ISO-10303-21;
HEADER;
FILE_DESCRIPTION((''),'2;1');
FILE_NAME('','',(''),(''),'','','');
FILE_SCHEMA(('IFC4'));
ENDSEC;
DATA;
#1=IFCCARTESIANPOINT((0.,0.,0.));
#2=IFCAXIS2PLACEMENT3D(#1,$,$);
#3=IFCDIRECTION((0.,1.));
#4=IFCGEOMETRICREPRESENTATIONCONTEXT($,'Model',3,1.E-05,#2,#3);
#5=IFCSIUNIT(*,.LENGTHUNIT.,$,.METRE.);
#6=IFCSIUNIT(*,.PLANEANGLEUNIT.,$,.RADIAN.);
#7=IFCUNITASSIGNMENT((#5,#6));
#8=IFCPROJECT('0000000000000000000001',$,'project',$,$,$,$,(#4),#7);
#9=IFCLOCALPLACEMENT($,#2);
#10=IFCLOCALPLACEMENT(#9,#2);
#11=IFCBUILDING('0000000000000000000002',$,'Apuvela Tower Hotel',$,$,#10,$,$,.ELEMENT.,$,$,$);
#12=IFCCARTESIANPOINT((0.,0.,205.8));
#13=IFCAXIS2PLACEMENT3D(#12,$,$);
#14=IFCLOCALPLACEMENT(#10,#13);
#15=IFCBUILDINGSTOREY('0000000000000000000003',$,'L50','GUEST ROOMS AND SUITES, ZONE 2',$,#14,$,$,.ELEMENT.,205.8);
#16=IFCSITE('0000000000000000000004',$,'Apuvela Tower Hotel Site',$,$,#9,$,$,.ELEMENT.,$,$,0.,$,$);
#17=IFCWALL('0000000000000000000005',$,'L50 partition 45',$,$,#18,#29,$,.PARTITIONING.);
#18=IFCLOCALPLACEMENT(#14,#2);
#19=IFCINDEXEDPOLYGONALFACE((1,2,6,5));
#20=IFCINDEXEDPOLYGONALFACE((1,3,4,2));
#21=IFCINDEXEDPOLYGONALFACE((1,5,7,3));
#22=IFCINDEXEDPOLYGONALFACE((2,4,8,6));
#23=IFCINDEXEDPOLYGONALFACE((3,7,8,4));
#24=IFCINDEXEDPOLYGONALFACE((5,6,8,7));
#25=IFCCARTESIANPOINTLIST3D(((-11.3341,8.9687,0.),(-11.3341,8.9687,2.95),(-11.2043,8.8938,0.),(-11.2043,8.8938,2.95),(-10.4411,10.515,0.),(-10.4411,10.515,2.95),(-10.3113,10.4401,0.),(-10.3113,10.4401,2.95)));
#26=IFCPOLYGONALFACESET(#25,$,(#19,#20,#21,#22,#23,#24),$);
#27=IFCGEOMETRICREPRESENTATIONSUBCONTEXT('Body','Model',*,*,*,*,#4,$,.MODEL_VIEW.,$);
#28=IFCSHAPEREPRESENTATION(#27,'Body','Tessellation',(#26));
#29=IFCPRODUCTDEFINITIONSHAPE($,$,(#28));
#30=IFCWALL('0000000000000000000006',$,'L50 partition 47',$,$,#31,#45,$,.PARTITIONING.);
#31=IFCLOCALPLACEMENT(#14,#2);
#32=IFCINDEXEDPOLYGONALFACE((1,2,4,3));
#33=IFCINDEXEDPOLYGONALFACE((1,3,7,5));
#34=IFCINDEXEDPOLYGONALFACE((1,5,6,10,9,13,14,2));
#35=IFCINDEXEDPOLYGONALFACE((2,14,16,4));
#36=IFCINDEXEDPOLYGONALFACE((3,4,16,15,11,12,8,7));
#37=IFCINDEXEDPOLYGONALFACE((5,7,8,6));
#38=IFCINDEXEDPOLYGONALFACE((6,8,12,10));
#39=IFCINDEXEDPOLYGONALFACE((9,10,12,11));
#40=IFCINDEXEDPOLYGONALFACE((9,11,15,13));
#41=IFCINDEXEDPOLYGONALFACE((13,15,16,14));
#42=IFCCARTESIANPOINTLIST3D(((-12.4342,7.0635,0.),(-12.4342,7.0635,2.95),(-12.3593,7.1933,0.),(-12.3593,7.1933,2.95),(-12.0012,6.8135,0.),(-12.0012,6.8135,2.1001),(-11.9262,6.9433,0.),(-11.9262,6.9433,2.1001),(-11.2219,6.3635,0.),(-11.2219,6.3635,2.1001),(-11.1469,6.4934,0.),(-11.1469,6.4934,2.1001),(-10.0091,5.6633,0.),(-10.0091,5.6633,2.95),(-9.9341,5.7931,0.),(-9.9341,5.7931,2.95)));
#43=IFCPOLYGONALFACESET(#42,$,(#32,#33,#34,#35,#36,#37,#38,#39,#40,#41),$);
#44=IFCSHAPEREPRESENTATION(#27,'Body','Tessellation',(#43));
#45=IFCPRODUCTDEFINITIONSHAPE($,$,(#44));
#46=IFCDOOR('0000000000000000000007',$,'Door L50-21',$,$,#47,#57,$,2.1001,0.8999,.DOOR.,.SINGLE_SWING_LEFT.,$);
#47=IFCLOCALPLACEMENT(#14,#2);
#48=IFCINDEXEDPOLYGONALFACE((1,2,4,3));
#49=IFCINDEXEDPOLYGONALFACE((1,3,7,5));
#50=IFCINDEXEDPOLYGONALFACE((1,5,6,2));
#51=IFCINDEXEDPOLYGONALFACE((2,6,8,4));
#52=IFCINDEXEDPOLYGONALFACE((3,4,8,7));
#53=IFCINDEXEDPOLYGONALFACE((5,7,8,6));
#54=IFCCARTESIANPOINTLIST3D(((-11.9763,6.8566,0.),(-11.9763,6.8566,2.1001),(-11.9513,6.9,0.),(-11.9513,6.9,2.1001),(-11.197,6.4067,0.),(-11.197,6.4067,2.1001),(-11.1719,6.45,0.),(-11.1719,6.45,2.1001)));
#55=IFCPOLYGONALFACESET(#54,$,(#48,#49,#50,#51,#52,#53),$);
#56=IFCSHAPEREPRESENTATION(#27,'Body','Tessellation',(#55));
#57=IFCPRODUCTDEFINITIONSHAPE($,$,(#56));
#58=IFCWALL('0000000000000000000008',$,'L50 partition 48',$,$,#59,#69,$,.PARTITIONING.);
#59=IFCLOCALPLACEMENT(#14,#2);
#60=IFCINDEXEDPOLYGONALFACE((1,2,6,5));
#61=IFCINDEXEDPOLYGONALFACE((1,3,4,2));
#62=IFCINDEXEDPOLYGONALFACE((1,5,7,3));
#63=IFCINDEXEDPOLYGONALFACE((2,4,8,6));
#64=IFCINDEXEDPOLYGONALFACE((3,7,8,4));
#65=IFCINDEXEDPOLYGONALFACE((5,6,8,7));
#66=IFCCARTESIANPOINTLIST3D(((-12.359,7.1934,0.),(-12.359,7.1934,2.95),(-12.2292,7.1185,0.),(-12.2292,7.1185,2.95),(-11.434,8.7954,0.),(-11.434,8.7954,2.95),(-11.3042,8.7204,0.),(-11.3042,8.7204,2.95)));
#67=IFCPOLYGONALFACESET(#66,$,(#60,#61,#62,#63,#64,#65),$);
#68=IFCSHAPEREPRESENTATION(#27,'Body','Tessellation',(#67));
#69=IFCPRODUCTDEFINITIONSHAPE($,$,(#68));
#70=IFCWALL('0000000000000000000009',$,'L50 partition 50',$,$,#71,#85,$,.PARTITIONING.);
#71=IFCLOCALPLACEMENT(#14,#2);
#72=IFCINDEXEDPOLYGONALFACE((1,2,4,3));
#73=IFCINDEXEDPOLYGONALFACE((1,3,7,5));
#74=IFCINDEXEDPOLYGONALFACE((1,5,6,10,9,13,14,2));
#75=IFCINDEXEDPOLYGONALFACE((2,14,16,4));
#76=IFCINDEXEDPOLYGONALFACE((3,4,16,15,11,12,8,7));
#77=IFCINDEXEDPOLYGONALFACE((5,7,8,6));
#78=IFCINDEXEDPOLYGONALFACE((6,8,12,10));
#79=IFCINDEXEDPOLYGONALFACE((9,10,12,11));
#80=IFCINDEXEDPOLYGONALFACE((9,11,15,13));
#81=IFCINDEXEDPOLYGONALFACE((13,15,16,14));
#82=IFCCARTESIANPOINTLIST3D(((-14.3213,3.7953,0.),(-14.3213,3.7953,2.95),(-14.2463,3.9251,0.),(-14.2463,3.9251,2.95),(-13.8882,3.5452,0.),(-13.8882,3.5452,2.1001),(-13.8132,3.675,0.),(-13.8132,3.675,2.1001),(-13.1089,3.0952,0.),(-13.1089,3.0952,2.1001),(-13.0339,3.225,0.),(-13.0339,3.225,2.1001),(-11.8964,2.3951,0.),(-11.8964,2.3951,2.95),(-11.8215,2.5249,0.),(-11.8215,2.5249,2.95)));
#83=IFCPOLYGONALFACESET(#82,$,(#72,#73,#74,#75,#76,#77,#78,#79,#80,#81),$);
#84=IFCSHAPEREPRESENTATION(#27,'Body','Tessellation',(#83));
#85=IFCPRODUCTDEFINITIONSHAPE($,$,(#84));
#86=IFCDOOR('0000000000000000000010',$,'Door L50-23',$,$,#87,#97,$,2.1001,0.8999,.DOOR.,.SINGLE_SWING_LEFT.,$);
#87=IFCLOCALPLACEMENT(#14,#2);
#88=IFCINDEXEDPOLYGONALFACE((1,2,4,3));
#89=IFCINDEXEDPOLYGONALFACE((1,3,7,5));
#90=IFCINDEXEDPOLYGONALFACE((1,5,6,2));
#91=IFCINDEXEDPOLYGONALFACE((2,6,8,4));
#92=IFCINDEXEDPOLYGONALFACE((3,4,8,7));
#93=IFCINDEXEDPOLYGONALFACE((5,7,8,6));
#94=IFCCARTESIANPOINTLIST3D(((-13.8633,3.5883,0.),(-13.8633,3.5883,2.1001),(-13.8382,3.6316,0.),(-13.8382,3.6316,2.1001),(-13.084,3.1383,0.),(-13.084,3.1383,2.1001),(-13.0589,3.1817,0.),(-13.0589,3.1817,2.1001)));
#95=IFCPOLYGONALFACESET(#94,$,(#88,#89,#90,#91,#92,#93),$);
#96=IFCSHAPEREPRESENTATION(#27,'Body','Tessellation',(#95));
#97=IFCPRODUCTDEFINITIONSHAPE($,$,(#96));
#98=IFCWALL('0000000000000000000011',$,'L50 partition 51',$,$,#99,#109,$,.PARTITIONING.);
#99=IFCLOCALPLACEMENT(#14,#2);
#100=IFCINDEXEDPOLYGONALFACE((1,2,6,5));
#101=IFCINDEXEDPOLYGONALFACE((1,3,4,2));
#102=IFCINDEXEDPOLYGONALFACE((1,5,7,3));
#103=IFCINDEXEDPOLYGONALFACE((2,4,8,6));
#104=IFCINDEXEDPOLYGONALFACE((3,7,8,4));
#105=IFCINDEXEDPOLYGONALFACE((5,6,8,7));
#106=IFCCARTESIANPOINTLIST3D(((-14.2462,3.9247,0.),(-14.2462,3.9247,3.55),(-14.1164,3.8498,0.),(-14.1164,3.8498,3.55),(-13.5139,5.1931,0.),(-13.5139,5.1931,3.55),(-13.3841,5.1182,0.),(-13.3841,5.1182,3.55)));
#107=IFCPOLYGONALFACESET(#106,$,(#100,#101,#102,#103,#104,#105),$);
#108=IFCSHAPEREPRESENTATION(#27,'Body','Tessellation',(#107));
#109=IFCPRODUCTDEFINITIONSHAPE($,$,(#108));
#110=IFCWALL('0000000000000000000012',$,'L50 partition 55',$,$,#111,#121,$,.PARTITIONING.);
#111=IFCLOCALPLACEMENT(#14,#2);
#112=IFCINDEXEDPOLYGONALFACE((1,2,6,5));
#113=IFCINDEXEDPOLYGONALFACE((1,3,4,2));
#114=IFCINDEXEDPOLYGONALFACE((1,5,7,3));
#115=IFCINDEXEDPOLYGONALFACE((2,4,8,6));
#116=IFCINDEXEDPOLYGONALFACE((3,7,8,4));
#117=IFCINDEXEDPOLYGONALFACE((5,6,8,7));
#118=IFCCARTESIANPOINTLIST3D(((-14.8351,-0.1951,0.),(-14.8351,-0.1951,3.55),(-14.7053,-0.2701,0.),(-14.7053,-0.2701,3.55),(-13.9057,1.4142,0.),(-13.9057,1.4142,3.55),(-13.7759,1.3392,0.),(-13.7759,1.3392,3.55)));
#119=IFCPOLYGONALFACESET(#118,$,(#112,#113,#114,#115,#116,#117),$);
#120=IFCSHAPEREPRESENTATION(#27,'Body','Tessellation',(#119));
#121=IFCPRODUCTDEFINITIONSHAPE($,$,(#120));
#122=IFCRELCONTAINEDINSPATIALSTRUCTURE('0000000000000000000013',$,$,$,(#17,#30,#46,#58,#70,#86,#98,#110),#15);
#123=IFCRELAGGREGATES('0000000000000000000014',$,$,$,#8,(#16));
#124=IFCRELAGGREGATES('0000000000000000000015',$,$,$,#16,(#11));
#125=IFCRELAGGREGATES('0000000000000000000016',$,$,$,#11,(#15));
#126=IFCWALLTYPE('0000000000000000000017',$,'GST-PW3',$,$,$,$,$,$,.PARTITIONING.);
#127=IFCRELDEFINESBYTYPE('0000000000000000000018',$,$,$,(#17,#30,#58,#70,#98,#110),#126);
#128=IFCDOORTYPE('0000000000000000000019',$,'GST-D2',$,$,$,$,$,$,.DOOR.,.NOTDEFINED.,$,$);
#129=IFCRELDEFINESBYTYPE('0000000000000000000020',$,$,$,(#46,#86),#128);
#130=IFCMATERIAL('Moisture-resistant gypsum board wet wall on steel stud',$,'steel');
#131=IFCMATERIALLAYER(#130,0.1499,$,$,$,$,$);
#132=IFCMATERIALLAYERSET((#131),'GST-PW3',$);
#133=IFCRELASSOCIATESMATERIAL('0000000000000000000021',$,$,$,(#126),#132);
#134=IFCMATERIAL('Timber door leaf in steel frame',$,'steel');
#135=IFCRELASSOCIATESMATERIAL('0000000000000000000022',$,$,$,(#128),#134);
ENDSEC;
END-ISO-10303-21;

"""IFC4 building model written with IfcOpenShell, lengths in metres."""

from ifc_helpers import new_model, si_unit, direction, frame, frame_2d, origin, place, context, subcontext, project, spatial, rectangle, extrude, material, layer, layer_set, type_object, element, fill, save


model = new_model("IFC4")

# Units and contexts
model_context = context("Model", 3, precision=1e-05, world=origin(), true_north=direction((0.0, 1.0)))
body_context = subcontext(model_context, "Body", "Model", "MODEL_VIEW")
ifc_project = project(units=[si_unit("LENGTHUNIT", "METRE"), si_unit("PLANEANGLEUNIT", "RADIAN")], contexts=[model_context])

# Site, building, storey
site_placement = place(None, origin())
site = spatial("IfcSite", under=ifc_project, at=site_placement, Name="Apuvela Tower Hotel Site", CompositionType="ELEMENT", RefElevation=0.0)
building_placement = place(site_placement, origin())
building = spatial("IfcBuilding", under=site, at=building_placement, Name="Apuvela Tower Hotel", CompositionType="ELEMENT")
storey_placement = place(building_placement, frame((0.0, 0.0, 205.8)))
storey = spatial("IfcBuildingStorey", under=building, at=storey_placement, Name="L50", Description="GUEST ROOMS AND SUITES, ZONE 2", CompositionType="ELEMENT", Elevation=205.8)

# Shared definitions
ifc_material_1 = material(Name="Timber door leaf in steel frame", Category="steel")
ifc_material_2 = material(Name="Moisture-resistant gypsum board wet wall on steel stud", Category="steel")
ifc_layer_1 = layer(ifc_material_2, 0.1499)
ifc_layer_set_1 = layer_set([ifc_layer_1], Name="GST-PW3")
wall_type_1 = type_object("IfcWallType", Name="GST-PW3", PredefinedType="PARTITIONING", material=ifc_layer_set_1)
door_type_1 = type_object("IfcDoorType", Name="GST-D2", OperationType="NOTDEFINED", PredefinedType="DOOR", material=ifc_material_1)

# Wall
wall_1_placement = place(storey_placement, frame((-10.3762, 10.4775, 0.0), z_axis=(0.0, 0.0, 1.0), x_axis=(-0.500109, -0.865962, 0.0)))
element("IfcWall", 1, at=wall_1_placement, inside=storey, type_object=wall_type_1, Name="L50 partition 45", PredefinedType="PARTITIONING", context=body_context, shape_type="SweptSolid", body=[
    extrude(rectangle(XDim=1.7856, YDim=0.1499, at=frame_2d((0.8928, 0.0))), origin(), (0.0, 0.0, 1.0), 2.95),
])

# Wall, opening, door
wall_2_placement = place(storey_placement, frame((-12.3967, 7.1284, 0.0), z_axis=(0.0, 0.0, 1.0), x_axis=(0.866019, -0.500012, 0.0)))
wall_2 = element("IfcWall", 2, at=wall_2_placement, inside=storey, type_object=wall_type_1, Name="L50 partition 47", PredefinedType="PARTITIONING", context=body_context, shape_type="SweptSolid", body=[
    extrude(rectangle(XDim=2.8003, YDim=0.1499, at=frame_2d((1.4001, 0.0))), origin(), (0.0, 0.0, 1.0), 2.95),
])
opening_1_placement = place(wall_2_placement, frame((0.5, 0.0, 0.0)))
opening_1 = element("IfcOpeningElement", 3, at=opening_1_placement, cuts=wall_2, PredefinedType="OPENING", context=body_context, shape_type="SweptSolid", body=[
    extrude(rectangle(XDim=0.8999, YDim=2.1001, at=frame_2d((0.45, 1.05))), frame((0.0, 0.085, 0.0), z_axis=(0.0, -1.0, 0.0), x_axis=(1.0, 0.0, 0.0)), (0.0, 0.0, 1.0), 0.1699),
])
door_1_placement = place(opening_1_placement, origin())
door_1 = element("IfcDoor", 4, at=door_1_placement, inside=storey, type_object=door_type_1, Name="Door L50-21", OperationType="SINGLE_SWING_LEFT", OverallHeight=2.1001, OverallWidth=0.8999, PredefinedType="DOOR", context=body_context, shape_type="SweptSolid", body=[
    extrude(rectangle(XDim=0.8999, YDim=2.1001, at=frame_2d((0.45, 1.05))), frame((0.0, 0.0249, 0.0), z_axis=(0.0, -1.0, 0.0), x_axis=(1.0, 0.0, 0.0)), (0.0, 0.0, 1.0), 0.05),
])
fill(opening_1, door_1)

# Wall
wall_3_placement = place(storey_placement, frame((-11.3691, 8.7578, 0.0), z_axis=(0.0, 0.0, 1.0), x_axis=(-0.500042, -0.866001, 0.0)))
element("IfcWall", 5, at=wall_3_placement, inside=storey, type_object=wall_type_1, Name="L50 partition 48", PredefinedType="PARTITIONING", context=body_context, shape_type="SweptSolid", body=[
    extrude(rectangle(XDim=1.8499, YDim=0.1499, at=frame_2d((0.9248, 0.0))), origin(), (0.0, 0.0, 1.0), 2.95),
])

# Wall, opening, door
wall_4_placement = place(storey_placement, frame((-14.2837, 3.8601, 0.0), z_axis=(0.0, 0.0, 1.0), x_axis=(0.865997, -0.50005, 0.0)))
wall_4 = element("IfcWall", 6, at=wall_4_placement, inside=storey, type_object=wall_type_1, Name="L50 partition 50", PredefinedType="PARTITIONING", context=body_context, shape_type="SweptSolid", body=[
    extrude(rectangle(XDim=2.8, YDim=0.1499, at=frame_2d((1.3999, 0.0))), origin(), (0.0, 0.0, 1.0), 2.95),
])
opening_2_placement = place(wall_4_placement, frame((0.5, 0.0, 0.0)))
opening_2 = element("IfcOpeningElement", 7, at=opening_2_placement, cuts=wall_4, PredefinedType="OPENING", context=body_context, shape_type="SweptSolid", body=[
    extrude(rectangle(XDim=0.8999, YDim=2.1001, at=frame_2d((0.45, 1.05))), frame((0.0, 0.085, 0.0), z_axis=(0.0, -1.0, 0.0), x_axis=(1.0, 0.0, 0.0)), (0.0, 0.0, 1.0), 0.1699),
])
door_2_placement = place(opening_2_placement, origin())
door_2 = element("IfcDoor", 8, at=door_2_placement, inside=storey, type_object=door_type_1, Name="Door L50-23", OperationType="SINGLE_SWING_LEFT", OverallHeight=2.1001, OverallWidth=0.8999, PredefinedType="DOOR", context=body_context, shape_type="SweptSolid", body=[
    extrude(rectangle(XDim=0.8999, YDim=2.1001, at=frame_2d((0.45, 1.05))), frame((0.0, 0.0249, 0.0), z_axis=(0.0, -1.0, 0.0), x_axis=(1.0, 0.0, 0.0)), (0.0, 0.0, 1.0), 0.05),
])
fill(opening_2, door_2)

# Walls
wall_5_placement = place(storey_placement, frame((-13.449, 5.1558, 0.0), z_axis=(0.0, 0.0, 1.0), x_axis=(-0.499958, -0.86605, 0.0)))
element("IfcWall", 9, at=wall_5_placement, inside=storey, type_object=wall_type_1, Name="L50 partition 51", PredefinedType="PARTITIONING", context=body_context, shape_type="SweptSolid", body=[
    extrude(rectangle(XDim=1.4646, YDim=0.1499, at=frame_2d((0.7324, 0.0))), origin(), (0.0, 0.0, 1.0), 3.55),
])
wall_6_placement = place(storey_placement, frame((-13.8408, 1.3767, 0.0), z_axis=(0.0, 0.0, 1.0), x_axis=(-0.500109, -0.865962, 0.0)))
element("IfcWall", 10, at=wall_6_placement, inside=storey, type_object=wall_type_1, Name="L50 partition 55", PredefinedType="PARTITIONING", context=body_context, shape_type="SweptSolid", body=[
    extrude(rectangle(XDim=1.8584, YDim=0.1499, at=frame_2d((0.9292, 0.0))), origin(), (0.0, 0.0, 1.0), 3.55),
])

save(model, "model.ifc")
